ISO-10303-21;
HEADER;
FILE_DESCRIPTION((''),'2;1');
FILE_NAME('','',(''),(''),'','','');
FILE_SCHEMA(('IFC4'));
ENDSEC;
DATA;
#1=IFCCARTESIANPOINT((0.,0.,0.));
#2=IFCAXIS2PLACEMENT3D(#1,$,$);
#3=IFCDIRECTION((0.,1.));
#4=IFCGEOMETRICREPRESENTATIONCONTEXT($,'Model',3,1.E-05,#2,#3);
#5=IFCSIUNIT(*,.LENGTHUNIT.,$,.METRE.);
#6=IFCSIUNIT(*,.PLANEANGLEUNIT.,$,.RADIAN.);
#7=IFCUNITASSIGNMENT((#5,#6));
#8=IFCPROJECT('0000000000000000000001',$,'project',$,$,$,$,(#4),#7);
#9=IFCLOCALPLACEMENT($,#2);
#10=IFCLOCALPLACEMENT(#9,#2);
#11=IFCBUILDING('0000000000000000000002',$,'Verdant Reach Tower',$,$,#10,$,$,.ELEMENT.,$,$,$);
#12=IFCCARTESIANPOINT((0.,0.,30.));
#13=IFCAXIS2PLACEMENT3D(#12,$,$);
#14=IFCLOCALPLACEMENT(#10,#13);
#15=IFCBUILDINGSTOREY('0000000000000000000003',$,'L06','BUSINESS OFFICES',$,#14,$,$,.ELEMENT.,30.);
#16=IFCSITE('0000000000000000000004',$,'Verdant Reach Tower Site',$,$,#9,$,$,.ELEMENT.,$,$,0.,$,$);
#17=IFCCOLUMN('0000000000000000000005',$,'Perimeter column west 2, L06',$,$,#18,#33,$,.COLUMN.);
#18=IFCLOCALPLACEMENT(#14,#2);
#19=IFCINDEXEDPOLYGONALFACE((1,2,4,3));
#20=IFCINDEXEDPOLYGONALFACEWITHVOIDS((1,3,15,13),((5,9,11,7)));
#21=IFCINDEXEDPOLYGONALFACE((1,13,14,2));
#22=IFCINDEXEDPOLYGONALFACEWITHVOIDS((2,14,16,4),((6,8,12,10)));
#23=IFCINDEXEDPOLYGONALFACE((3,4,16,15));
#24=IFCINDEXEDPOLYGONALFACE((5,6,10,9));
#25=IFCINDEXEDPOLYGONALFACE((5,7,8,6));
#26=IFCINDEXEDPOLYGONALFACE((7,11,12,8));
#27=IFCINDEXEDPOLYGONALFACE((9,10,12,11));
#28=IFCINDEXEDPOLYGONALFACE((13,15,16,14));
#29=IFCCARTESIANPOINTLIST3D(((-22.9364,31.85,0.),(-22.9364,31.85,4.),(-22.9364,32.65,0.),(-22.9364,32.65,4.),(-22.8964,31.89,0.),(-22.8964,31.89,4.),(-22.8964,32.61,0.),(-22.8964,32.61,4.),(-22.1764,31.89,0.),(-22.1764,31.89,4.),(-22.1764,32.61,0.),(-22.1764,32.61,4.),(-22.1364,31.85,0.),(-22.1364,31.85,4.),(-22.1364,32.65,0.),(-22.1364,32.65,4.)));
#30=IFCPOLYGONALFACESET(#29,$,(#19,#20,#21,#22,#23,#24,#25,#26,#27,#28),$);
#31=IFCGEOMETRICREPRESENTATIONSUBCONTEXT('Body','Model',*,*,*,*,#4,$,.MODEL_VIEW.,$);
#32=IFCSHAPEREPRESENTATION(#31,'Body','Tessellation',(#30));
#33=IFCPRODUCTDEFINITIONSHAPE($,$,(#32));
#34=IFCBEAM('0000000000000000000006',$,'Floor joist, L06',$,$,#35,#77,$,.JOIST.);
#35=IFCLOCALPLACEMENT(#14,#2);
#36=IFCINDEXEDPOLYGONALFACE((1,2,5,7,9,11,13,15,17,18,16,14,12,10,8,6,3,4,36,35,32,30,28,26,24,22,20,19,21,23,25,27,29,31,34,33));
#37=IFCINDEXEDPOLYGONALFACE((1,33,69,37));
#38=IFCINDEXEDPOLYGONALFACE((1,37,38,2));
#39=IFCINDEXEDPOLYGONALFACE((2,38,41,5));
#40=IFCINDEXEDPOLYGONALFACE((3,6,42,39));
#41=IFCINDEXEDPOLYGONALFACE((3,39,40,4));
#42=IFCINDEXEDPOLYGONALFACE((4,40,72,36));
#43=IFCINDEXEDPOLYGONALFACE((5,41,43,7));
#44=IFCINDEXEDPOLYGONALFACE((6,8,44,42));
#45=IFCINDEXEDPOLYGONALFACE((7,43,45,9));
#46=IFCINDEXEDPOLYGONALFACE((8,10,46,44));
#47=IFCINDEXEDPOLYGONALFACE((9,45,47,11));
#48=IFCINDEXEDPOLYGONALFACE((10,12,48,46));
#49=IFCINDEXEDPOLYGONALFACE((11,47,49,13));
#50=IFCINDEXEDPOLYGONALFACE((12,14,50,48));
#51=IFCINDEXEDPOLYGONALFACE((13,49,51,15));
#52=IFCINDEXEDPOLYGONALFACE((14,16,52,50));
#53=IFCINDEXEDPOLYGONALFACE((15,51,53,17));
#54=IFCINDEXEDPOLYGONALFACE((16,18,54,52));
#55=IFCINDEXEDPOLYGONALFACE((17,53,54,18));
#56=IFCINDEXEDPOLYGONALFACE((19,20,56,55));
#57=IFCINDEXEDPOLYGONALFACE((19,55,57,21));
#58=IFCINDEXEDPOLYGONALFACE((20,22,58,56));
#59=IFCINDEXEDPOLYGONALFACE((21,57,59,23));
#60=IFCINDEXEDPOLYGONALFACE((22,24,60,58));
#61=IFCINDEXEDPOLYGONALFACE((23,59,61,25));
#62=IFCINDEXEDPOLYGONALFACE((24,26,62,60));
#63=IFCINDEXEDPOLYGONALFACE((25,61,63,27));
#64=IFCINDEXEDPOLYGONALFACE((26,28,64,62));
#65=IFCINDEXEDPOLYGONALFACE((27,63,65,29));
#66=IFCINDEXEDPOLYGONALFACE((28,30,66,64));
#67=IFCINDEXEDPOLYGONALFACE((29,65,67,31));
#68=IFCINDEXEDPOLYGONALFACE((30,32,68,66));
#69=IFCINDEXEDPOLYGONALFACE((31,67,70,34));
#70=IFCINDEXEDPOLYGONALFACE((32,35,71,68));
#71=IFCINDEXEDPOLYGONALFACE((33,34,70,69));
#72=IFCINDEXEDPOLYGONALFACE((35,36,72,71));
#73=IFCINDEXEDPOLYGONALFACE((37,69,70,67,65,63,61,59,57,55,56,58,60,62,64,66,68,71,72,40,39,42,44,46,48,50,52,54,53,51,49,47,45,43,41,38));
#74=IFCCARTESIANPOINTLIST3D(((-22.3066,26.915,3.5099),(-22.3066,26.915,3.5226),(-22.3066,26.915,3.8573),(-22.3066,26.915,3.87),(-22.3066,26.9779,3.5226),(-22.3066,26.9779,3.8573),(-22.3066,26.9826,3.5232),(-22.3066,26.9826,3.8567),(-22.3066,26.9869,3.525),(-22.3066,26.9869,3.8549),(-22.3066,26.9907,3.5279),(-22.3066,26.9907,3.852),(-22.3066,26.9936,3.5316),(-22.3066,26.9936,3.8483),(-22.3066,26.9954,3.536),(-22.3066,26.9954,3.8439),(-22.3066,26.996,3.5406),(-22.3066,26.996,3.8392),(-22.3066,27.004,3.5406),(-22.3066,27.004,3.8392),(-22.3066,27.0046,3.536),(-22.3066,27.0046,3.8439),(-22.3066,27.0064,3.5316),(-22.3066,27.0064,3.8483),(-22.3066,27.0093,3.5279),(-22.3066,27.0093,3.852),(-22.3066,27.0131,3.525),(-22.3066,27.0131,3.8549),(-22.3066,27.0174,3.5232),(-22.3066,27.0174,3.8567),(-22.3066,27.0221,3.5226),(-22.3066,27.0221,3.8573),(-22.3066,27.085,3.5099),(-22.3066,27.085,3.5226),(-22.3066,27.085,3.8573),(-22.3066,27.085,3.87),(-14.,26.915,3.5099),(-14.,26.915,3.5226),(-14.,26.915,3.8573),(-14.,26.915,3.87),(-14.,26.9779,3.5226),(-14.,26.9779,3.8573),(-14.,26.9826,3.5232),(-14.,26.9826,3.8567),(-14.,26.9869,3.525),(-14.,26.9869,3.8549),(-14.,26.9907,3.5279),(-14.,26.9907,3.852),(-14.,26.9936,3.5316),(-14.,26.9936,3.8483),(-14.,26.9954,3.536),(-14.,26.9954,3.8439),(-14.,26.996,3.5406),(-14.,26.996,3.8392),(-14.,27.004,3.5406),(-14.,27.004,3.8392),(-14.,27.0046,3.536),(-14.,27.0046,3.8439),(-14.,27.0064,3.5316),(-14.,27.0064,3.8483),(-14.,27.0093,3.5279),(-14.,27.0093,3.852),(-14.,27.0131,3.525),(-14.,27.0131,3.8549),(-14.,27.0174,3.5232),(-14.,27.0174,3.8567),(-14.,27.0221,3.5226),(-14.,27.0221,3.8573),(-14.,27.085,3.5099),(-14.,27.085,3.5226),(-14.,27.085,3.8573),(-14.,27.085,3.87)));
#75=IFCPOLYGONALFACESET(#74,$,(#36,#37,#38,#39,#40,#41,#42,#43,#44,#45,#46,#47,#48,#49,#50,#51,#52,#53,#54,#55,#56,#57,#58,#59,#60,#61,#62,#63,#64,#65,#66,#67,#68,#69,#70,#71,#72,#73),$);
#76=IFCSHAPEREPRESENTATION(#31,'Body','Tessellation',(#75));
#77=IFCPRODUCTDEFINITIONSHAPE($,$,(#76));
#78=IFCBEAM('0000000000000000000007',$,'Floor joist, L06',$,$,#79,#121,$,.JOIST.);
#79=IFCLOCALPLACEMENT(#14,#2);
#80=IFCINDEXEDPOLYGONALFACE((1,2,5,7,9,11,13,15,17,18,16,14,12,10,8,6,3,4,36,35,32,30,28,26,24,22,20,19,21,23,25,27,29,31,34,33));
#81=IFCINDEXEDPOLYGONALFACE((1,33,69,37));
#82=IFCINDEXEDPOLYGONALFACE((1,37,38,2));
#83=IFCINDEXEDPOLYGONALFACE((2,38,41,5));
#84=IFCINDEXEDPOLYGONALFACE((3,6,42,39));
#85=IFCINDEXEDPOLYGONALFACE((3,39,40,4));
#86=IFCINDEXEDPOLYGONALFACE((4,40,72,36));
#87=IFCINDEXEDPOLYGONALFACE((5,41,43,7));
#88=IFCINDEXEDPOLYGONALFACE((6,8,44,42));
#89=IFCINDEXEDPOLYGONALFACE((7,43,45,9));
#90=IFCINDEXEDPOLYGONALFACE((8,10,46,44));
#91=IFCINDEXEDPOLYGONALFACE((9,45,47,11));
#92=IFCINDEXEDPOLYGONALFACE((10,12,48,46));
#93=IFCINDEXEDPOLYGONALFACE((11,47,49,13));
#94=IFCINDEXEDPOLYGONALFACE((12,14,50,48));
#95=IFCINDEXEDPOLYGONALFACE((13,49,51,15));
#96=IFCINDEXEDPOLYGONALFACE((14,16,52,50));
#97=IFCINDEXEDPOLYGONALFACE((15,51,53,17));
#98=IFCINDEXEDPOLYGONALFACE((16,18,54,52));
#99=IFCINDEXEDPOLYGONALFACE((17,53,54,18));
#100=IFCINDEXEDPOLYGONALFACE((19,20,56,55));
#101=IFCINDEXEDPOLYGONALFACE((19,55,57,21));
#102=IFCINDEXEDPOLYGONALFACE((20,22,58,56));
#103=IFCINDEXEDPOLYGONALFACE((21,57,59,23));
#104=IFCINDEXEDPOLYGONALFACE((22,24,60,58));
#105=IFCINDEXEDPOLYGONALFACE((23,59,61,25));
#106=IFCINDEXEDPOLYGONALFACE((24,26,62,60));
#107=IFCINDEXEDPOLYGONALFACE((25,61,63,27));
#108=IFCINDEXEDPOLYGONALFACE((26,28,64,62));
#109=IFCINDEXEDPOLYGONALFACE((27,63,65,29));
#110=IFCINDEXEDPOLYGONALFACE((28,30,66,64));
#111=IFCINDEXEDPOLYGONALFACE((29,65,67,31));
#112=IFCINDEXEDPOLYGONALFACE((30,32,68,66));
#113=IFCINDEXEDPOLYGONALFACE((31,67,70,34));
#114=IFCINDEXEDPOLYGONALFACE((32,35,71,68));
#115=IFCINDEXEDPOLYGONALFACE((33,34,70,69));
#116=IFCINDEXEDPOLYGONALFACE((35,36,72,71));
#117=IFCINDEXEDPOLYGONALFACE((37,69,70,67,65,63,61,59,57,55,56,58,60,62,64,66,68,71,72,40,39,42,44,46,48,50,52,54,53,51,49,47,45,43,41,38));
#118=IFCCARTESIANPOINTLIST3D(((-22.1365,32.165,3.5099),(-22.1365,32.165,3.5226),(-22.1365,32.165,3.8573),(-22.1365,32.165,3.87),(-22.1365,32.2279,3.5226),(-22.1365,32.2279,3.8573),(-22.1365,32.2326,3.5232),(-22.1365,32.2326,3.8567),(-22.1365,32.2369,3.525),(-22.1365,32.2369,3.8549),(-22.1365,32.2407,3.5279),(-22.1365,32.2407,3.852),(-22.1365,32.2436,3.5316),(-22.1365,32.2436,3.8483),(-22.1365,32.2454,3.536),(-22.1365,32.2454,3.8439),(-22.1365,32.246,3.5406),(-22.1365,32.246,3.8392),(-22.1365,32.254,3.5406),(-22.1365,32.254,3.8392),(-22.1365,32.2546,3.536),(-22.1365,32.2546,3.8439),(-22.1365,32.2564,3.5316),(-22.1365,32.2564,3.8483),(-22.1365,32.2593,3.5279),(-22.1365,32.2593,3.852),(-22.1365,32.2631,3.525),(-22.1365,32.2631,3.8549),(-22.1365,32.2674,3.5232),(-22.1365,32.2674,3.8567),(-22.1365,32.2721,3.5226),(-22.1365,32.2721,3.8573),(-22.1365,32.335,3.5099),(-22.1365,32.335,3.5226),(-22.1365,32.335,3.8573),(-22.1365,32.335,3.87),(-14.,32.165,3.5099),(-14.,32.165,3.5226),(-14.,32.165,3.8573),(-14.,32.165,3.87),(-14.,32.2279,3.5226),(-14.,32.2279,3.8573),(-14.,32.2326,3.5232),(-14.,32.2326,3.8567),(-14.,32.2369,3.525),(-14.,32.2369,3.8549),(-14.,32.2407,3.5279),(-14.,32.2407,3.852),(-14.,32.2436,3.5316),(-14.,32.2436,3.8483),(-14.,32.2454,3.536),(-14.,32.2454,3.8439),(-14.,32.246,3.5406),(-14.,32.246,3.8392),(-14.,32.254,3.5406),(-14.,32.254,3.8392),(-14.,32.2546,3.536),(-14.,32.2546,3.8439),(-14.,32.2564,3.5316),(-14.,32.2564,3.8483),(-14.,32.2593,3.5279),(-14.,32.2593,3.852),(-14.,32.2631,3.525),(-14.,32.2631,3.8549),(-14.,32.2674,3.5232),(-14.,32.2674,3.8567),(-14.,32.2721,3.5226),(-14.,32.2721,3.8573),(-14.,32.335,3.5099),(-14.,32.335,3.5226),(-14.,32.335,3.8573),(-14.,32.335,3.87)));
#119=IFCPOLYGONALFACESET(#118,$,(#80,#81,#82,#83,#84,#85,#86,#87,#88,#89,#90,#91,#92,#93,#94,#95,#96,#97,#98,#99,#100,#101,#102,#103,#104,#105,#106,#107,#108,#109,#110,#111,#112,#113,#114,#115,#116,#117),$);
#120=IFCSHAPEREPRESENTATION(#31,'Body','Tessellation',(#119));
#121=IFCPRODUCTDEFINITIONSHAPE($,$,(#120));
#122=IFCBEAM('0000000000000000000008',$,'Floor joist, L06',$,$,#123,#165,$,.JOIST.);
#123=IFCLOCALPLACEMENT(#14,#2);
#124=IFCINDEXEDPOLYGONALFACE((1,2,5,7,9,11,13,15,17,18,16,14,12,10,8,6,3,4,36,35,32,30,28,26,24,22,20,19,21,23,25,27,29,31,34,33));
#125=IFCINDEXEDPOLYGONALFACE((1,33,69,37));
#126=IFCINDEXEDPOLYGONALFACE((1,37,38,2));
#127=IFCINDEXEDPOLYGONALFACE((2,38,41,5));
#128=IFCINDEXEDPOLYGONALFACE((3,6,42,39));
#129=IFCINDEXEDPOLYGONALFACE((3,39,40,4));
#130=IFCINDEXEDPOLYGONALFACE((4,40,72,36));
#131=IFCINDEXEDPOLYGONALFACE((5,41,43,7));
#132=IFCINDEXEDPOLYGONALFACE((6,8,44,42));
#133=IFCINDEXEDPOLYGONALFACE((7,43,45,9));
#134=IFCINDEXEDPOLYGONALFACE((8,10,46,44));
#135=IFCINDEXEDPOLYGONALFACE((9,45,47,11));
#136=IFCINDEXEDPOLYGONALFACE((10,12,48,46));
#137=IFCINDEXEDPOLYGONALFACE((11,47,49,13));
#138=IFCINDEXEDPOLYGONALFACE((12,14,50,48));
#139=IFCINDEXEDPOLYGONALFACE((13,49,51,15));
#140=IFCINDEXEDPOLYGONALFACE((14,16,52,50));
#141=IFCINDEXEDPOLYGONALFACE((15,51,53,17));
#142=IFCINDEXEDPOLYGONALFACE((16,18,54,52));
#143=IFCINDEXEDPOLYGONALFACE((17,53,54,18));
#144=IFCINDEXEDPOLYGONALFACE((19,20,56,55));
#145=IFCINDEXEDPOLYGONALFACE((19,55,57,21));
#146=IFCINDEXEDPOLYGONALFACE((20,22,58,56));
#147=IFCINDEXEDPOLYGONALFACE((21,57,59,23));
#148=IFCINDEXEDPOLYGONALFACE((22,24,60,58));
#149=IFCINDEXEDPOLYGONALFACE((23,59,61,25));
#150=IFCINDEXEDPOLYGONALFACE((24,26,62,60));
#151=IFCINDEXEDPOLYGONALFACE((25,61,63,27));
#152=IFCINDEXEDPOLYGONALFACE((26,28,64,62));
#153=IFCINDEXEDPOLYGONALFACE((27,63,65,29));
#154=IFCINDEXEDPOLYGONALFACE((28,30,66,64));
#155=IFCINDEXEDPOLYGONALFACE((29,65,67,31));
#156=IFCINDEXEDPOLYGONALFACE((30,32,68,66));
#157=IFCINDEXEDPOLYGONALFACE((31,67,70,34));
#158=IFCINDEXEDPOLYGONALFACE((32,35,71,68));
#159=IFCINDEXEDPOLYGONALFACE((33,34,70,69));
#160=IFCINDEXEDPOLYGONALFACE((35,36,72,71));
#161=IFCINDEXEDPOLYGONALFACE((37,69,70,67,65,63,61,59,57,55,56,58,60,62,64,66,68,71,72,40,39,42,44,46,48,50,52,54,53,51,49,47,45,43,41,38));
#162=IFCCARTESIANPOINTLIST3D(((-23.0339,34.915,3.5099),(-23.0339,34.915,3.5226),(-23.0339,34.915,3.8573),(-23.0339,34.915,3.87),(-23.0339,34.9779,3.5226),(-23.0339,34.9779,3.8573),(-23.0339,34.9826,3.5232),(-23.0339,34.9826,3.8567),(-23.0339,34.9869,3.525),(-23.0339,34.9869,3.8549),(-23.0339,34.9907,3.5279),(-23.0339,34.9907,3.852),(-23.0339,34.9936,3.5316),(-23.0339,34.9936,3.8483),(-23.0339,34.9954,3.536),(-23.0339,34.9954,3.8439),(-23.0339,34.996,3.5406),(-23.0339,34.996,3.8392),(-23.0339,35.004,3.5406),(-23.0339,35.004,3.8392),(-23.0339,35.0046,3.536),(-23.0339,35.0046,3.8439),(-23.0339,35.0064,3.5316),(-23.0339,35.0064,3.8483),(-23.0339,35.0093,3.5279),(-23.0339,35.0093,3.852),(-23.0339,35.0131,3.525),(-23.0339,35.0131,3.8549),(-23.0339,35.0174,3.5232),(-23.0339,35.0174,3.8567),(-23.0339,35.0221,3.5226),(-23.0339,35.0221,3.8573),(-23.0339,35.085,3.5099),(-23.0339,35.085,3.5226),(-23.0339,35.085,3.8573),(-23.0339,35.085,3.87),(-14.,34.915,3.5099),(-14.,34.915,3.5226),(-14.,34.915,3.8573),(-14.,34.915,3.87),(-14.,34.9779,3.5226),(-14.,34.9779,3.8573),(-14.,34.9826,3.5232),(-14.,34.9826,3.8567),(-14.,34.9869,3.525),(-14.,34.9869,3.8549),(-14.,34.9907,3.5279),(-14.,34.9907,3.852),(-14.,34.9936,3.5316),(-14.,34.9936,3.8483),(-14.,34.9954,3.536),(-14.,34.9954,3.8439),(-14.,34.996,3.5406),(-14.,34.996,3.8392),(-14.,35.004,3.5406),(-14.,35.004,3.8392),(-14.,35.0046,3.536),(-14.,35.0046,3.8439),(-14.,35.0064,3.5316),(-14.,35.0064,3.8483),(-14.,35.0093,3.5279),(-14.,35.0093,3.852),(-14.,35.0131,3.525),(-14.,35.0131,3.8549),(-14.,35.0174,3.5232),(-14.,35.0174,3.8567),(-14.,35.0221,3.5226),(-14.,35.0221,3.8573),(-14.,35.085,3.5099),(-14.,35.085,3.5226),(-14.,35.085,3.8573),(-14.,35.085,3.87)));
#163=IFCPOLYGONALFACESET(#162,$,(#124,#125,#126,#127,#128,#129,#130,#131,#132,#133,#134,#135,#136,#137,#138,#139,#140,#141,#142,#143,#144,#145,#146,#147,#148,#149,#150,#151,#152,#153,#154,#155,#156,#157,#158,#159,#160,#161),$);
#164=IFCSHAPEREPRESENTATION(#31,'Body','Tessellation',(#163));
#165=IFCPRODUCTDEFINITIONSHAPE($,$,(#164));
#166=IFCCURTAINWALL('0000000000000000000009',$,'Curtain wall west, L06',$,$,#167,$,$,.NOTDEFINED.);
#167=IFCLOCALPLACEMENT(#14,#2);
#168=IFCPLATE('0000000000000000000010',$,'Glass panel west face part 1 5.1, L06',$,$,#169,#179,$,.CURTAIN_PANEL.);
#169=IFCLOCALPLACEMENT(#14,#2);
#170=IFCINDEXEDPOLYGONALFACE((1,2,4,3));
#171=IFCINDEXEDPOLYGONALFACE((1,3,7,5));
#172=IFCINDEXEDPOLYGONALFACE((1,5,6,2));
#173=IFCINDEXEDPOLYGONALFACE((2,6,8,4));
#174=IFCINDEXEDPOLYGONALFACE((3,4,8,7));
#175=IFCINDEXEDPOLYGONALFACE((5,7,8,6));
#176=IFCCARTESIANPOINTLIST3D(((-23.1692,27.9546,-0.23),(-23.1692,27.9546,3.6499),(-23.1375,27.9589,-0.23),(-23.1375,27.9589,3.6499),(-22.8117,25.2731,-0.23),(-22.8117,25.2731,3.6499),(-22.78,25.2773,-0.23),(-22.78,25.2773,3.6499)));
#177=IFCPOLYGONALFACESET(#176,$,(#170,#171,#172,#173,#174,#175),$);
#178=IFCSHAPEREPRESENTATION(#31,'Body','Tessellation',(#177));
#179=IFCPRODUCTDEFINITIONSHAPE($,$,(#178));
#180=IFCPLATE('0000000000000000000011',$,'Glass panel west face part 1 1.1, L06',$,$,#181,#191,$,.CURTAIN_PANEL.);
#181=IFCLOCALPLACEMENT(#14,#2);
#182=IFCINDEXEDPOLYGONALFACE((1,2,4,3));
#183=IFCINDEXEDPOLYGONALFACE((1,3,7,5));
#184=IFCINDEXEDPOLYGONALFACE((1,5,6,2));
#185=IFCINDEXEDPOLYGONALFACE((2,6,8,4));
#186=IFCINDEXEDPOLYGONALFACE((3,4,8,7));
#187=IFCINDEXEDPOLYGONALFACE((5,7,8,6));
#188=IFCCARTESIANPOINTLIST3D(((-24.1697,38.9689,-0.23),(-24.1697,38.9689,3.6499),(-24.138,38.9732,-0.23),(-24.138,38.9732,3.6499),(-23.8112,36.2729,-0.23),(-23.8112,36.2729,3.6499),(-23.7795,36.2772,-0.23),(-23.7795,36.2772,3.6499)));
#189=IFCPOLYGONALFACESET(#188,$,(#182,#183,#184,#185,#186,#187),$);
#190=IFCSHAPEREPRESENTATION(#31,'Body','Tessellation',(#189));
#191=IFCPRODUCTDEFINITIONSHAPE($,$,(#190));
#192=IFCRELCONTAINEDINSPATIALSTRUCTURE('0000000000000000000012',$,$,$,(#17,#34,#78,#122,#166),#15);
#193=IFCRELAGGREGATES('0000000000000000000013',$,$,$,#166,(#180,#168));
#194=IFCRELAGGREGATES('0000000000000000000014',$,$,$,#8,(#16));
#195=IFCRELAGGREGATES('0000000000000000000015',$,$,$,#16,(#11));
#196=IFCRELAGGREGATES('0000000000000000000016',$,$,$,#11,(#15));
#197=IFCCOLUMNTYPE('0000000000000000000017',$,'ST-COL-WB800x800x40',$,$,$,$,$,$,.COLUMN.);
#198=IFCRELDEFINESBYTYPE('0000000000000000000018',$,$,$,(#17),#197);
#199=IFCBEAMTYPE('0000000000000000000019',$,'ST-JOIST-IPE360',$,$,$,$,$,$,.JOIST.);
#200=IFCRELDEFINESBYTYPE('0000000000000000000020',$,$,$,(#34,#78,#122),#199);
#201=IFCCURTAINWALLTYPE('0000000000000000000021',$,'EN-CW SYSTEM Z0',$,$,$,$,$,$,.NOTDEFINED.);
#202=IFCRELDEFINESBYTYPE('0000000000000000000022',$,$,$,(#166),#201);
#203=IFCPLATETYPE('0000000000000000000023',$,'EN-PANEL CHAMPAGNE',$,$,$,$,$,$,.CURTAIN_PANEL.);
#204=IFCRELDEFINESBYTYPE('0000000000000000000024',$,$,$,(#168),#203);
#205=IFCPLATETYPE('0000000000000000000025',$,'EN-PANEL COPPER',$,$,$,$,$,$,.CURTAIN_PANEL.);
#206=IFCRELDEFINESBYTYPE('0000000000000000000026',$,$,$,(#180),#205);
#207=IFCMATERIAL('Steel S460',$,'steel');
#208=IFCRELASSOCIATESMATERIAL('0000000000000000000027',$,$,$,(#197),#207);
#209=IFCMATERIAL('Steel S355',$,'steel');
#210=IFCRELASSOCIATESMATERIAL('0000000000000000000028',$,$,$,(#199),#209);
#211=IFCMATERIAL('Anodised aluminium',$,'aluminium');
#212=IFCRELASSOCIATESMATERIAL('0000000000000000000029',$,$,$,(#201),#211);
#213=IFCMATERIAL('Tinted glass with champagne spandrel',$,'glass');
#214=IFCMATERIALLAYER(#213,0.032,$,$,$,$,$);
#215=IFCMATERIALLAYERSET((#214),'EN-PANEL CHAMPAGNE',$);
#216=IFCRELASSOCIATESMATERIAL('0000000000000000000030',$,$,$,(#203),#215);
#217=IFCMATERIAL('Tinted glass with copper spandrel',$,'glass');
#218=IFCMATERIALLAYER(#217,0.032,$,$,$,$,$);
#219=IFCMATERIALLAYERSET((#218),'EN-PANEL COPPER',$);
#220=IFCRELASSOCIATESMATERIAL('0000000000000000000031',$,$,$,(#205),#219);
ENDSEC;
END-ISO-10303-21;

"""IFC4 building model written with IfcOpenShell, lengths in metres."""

from ifc_helpers import new_model, si_unit, direction, frame, origin, origin_2d, place, context, subcontext, project, spatial, rectangle, hollow_rectangle, i_section, extrude, material, layer, layer_set, material_profile, profile_set, type_object, element, aggregate, save


model = new_model("IFC4")

# Units and contexts
model_context = context("Model", 3, precision=1e-05, world=origin(), true_north=direction((0.0, 1.0)))
body_context = subcontext(model_context, "Body", "Model", "MODEL_VIEW")
ifc_project = project(units=[si_unit("LENGTHUNIT", "METRE"), si_unit("PLANEANGLEUNIT", "RADIAN")], contexts=[model_context])

# Site, building, storey
site_placement = place(None, origin())
site = spatial("IfcSite", under=ifc_project, at=site_placement, Name="Verdant Reach Tower Site", CompositionType="ELEMENT", RefElevation=0.0)
building_placement = place(site_placement, origin())
building = spatial("IfcBuilding", under=site, at=building_placement, Name="Verdant Reach Tower", CompositionType="ELEMENT")
storey_placement = place(building_placement, frame((0.0, 0.0, 30.0)))
storey = spatial("IfcBuildingStorey", under=building, at=storey_placement, Name="L06", Description="BUSINESS OFFICES", CompositionType="ELEMENT", Elevation=30.0)

# Column
ifc_material_1 = material(Name="Steel S460", Category="steel")
ifc_material_profile_1 = material_profile(ifc_material_1, hollow_rectangle(XDim=0.8, YDim=0.8, WallThickness=0.04, at=origin_2d()), Name="WB 800x800x40")
ifc_profile_set_1 = profile_set([ifc_material_profile_1], Name="Steel S460")
column_type = type_object("IfcColumnType", Name="ST-COL-WB800x800x40", PredefinedType="COLUMN", material=ifc_profile_set_1)
column_placement = place(storey_placement, frame((-22.5364, 32.25, 0.0), z_axis=(0.0, 0.0, 1.0), x_axis=(1.0, 0.0, 0.0)))
element("IfcColumn", 1, at=column_placement, inside=storey, type_object=column_type, Name="Perimeter column west 2, L06", PredefinedType="COLUMN", context=body_context, shape_type="SweptSolid", body=[
    extrude(hollow_rectangle(XDim=0.8, YDim=0.8, WallThickness=0.04, at=origin_2d()), origin(), (0.0, 0.0, 1.0), 4.0),
])

# Beams
ifc_material_2 = material(Name="Steel S355", Category="steel")
ifc_material_profile_2 = material_profile(ifc_material_2, i_section(OverallWidth=0.1699, OverallDepth=0.3601, WebThickness=0.0081, FlangeThickness=0.0127, FilletRadius=0.0181, at=origin_2d()), Name="IPE 360")
ifc_profile_set_2 = profile_set([ifc_material_profile_2], Name="Steel S355")
beam_type = type_object("IfcBeamType", Name="ST-JOIST-IPE360", PredefinedType="JOIST", material=ifc_profile_set_2)
beam_1_placement = place(storey_placement, frame((-14.0, 27.0, 3.6899), z_axis=(-1.0, 0.0, 0.0), x_axis=(0.0, -1.0, 0.0)))
element("IfcBeam", 2, at=beam_1_placement, inside=storey, type_object=beam_type, Name="Floor joist, L06", PredefinedType="JOIST", context=body_context, shape_type="SweptSolid", body=[
    extrude(i_section(OverallWidth=0.1699, OverallDepth=0.3601, WebThickness=0.0081, FlangeThickness=0.0127, FilletRadius=0.0181, at=origin_2d()), origin(), (0.0, 0.0, 1.0), 8.3066),
])
beam_2_placement = place(storey_placement, frame((-14.0, 32.25, 3.6899), z_axis=(-1.0, 0.0, 0.0), x_axis=(0.0, -1.0, 0.0)))
element("IfcBeam", 3, at=beam_2_placement, inside=storey, type_object=beam_type, Name="Floor joist, L06", PredefinedType="JOIST", context=body_context, shape_type="SweptSolid", body=[
    extrude(i_section(OverallWidth=0.1699, OverallDepth=0.3601, WebThickness=0.0081, FlangeThickness=0.0127, FilletRadius=0.0181, at=origin_2d()), origin(), (0.0, 0.0, 1.0), 8.1365),
])
beam_3_placement = place(storey_placement, frame((-14.0, 35.0, 3.6899), z_axis=(-1.0, 0.0, 0.0), x_axis=(0.0, -1.0, 0.0)))
element("IfcBeam", 4, at=beam_3_placement, inside=storey, type_object=beam_type, Name="Floor joist, L06", PredefinedType="JOIST", context=body_context, shape_type="SweptSolid", body=[
    extrude(i_section(OverallWidth=0.1699, OverallDepth=0.3601, WebThickness=0.0081, FlangeThickness=0.0127, FilletRadius=0.0181, at=origin_2d()), origin(), (0.0, 0.0, 1.0), 9.0339),
])

# Curtain wall, plates
ifc_material_3 = material(Name="Anodised aluminium", Category="aluminium")
curtain_wall_type = type_object("IfcCurtainWallType", Name="EN-CW SYSTEM Z0", PredefinedType="NOTDEFINED", material=ifc_material_3)
curtain_wall_placement = place(storey_placement, origin())
curtain_wall = element("IfcCurtainWall", 5, at=curtain_wall_placement, inside=storey, type_object=curtain_wall_type, Name="Curtain wall west, L06", PredefinedType="NOTDEFINED")
ifc_material_4 = material(Name="Tinted glass with champagne spandrel", Category="glass")
ifc_layer_1 = layer(ifc_material_4, 0.032)
ifc_layer_set_1 = layer_set([ifc_layer_1], Name="EN-PANEL CHAMPAGNE")
plate_type_1 = type_object("IfcPlateType", Name="EN-PANEL CHAMPAGNE", PredefinedType="CURTAIN_PANEL", material=ifc_layer_set_1)
plate_1_placement = place(storey_placement, frame((-22.9746, 26.616, -0.23), z_axis=(0.0, 0.0, 1.0), x_axis=(0.13216, -0.991228, 0.0)))
plate_1 = element("IfcPlate", 6, at=plate_1_placement, type_object=plate_type_1, Name="Glass panel west face part 1 5.1, L06", PredefinedType="CURTAIN_PANEL", context=body_context, shape_type="SweptSolid", body=[
    extrude(rectangle(XDim=2.7053, YDim=0.032, at=origin_2d()), origin(), (0.0, 0.0, 1.0), 3.8799),
])
ifc_material_5 = material(Name="Tinted glass with copper spandrel", Category="glass")
ifc_layer_2 = layer(ifc_material_5, 0.032)
ifc_layer_set_2 = layer_set([ifc_layer_2], Name="EN-PANEL COPPER")
plate_type_2 = type_object("IfcPlateType", Name="EN-PANEL COPPER", PredefinedType="CURTAIN_PANEL", material=ifc_layer_set_2)
plate_2_placement = place(storey_placement, frame((-23.9746, 37.623, -0.23), z_axis=(0.0, 0.0, 1.0), x_axis=(0.131793, -0.991277, 0.0)))
plate_2 = element("IfcPlate", 7, at=plate_2_placement, type_object=plate_type_2, Name="Glass panel west face part 1 1.1, L06", PredefinedType="CURTAIN_PANEL", context=body_context, shape_type="SweptSolid", body=[
    extrude(rectangle(XDim=2.7197, YDim=0.032, at=origin_2d()), origin(), (0.0, 0.0, 1.0), 3.8799),
])
aggregate(curtain_wall, [plate_2, plate_1])

save(model, "model.ifc")
